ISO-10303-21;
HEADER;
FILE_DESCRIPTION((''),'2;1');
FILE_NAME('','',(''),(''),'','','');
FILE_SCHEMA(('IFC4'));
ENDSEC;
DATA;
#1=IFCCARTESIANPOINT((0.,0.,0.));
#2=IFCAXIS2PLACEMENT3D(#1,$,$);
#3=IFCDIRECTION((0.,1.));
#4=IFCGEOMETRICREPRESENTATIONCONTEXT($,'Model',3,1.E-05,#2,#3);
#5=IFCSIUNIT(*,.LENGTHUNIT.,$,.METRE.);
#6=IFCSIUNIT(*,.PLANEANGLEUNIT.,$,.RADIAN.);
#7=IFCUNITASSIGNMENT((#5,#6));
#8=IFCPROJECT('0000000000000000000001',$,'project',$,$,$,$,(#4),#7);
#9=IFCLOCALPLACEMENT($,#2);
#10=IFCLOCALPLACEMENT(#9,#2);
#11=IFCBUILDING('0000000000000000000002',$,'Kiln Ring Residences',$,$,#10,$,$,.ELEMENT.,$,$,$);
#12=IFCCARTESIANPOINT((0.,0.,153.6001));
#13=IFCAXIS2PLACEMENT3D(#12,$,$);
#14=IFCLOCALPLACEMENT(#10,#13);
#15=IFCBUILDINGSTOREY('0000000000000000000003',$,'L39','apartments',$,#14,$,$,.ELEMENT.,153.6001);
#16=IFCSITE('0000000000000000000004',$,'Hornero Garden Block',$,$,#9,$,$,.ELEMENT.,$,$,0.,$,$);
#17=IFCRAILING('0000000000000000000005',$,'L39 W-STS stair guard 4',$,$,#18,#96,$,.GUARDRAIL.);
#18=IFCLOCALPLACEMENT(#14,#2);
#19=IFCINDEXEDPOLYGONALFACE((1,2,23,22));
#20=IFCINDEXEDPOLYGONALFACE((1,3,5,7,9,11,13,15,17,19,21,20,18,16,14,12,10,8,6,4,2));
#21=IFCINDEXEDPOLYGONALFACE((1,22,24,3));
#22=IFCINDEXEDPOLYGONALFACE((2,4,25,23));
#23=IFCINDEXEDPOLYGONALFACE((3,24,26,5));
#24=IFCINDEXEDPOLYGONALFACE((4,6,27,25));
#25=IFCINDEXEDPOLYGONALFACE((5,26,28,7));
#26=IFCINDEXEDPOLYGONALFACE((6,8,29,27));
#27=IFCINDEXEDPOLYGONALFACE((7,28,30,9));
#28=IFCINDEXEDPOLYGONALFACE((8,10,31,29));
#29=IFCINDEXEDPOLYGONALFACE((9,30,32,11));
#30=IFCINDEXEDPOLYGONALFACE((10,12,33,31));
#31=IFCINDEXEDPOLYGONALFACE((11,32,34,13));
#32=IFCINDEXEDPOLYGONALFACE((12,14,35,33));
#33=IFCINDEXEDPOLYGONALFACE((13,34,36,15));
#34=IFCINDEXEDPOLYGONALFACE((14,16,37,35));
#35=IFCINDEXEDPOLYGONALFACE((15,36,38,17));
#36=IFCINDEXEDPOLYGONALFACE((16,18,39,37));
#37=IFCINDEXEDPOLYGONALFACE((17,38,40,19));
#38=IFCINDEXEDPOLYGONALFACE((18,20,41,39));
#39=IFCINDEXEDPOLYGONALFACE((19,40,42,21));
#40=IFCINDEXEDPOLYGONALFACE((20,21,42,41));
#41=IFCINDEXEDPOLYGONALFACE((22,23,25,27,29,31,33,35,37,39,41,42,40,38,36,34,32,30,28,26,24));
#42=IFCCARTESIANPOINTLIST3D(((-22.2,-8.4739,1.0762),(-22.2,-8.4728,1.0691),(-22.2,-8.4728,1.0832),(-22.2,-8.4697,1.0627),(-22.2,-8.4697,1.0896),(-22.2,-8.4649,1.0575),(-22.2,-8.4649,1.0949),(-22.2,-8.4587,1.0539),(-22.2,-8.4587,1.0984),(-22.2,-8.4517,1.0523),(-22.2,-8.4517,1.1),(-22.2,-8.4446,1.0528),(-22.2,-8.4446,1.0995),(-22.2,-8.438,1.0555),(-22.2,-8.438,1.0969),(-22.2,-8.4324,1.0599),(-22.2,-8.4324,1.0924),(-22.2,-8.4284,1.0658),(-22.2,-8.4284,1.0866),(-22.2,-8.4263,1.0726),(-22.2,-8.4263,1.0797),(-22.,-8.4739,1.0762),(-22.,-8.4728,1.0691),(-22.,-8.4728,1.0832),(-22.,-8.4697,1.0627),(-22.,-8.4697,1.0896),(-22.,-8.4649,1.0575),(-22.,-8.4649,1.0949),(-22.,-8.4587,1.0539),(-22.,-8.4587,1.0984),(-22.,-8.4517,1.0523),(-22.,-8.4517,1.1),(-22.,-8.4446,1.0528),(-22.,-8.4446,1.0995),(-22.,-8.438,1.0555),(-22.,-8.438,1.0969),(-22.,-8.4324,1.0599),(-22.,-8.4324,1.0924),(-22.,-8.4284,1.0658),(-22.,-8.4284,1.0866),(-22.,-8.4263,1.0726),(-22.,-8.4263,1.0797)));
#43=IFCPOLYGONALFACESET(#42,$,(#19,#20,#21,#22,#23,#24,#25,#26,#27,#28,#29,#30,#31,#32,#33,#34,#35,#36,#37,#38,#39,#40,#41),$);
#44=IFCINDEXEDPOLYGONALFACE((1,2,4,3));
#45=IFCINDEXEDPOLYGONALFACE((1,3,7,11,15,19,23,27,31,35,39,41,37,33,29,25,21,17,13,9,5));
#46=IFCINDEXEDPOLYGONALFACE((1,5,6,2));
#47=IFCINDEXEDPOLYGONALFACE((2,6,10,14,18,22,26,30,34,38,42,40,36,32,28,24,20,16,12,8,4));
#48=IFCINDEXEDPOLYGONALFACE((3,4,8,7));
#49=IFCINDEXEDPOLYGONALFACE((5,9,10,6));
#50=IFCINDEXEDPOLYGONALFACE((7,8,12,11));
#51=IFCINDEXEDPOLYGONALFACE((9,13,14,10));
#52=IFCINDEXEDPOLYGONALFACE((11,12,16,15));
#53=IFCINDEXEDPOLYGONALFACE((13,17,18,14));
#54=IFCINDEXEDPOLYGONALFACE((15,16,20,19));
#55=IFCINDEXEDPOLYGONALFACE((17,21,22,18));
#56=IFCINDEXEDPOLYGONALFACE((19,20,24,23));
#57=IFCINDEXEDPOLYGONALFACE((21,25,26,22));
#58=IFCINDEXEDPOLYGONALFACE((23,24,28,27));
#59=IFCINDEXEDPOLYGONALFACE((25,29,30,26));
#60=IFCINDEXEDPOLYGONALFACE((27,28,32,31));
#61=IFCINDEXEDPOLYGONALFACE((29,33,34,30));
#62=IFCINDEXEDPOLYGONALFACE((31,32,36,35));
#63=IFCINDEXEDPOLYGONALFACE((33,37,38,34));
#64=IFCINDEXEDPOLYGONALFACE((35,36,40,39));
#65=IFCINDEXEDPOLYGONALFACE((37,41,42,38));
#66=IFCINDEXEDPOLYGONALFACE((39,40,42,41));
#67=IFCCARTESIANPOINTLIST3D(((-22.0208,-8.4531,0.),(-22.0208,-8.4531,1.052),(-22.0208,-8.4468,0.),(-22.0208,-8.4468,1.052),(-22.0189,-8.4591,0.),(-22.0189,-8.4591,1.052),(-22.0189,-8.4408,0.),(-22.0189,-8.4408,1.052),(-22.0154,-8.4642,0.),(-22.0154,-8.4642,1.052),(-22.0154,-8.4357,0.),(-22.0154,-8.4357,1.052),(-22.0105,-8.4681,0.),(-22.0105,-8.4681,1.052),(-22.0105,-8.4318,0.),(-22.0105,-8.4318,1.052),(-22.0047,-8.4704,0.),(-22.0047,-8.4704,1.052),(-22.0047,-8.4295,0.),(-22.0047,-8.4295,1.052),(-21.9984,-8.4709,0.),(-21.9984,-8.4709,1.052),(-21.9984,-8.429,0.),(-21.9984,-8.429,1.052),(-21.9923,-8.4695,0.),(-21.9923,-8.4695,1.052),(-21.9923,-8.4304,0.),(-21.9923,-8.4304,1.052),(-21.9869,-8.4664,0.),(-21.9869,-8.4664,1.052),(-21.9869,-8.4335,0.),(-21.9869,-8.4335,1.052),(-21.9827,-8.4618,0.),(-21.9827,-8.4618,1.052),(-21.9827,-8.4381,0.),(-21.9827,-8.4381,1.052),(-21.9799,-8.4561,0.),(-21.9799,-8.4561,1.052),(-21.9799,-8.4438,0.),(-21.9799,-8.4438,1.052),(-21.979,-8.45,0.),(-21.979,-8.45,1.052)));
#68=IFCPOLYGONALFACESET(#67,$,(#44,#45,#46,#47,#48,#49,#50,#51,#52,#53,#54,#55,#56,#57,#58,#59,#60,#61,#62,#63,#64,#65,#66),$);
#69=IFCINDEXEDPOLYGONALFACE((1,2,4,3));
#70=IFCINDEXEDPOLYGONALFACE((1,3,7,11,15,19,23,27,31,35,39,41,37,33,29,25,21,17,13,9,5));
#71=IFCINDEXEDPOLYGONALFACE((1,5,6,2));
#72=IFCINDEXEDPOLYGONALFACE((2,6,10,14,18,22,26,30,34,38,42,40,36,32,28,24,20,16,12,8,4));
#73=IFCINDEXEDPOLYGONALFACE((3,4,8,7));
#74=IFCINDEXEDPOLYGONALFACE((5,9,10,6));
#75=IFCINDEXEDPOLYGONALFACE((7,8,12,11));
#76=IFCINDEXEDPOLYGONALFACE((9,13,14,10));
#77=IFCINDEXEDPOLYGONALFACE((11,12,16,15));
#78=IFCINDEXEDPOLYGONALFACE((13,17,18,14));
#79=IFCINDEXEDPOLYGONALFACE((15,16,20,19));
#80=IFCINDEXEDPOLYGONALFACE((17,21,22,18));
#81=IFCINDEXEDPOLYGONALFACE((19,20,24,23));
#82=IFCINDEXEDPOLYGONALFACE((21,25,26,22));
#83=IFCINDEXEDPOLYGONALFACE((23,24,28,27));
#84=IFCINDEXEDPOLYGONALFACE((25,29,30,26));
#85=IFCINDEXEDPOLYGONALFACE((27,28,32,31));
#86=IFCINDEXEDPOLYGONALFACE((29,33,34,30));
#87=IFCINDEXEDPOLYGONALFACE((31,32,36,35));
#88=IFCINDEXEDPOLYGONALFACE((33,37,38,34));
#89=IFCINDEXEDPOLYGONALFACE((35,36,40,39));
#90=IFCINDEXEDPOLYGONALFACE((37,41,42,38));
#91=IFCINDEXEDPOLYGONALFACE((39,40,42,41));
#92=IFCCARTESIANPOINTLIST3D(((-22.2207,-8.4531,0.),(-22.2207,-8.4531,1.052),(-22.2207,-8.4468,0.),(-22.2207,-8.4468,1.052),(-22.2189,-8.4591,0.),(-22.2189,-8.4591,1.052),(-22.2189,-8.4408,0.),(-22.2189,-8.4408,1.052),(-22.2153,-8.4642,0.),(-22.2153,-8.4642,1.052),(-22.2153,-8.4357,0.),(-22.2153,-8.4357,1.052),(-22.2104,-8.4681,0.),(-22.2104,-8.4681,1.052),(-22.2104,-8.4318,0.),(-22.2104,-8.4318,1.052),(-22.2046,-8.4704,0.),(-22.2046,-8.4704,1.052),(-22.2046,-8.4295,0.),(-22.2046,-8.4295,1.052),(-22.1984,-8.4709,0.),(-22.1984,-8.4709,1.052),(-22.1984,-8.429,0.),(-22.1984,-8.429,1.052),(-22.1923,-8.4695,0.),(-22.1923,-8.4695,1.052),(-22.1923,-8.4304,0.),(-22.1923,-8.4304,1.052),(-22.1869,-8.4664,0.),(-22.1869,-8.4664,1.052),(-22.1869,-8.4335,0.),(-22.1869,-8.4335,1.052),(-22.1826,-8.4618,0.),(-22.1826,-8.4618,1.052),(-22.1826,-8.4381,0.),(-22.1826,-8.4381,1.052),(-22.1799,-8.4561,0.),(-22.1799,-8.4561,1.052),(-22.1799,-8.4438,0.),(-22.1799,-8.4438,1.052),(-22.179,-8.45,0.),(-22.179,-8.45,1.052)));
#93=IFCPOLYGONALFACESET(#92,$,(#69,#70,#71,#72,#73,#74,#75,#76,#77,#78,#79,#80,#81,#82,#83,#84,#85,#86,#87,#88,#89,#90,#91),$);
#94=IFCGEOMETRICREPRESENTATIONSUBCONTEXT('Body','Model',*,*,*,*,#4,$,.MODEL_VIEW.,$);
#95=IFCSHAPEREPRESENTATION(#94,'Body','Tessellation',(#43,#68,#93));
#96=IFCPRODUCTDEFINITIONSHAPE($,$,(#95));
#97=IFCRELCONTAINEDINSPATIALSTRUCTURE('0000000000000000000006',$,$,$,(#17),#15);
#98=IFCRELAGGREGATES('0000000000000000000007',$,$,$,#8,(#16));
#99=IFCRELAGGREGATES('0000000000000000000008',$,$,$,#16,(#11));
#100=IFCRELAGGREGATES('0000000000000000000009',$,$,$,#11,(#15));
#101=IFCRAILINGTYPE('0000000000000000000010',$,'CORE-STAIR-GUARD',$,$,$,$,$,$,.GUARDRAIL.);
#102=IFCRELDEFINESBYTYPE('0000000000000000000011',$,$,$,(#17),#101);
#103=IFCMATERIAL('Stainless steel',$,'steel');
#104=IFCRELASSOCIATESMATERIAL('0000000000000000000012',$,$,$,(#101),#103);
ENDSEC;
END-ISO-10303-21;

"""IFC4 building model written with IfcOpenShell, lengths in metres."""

from ifc_helpers import new_model, si_unit, direction, frame, origin, origin_2d, place, context, subcontext, project, spatial, circle, extrude, material, type_object, element, save


model = new_model("IFC4")

# Units and contexts
model_context = context("Model", 3, precision=1e-05, world=origin(), true_north=direction((0.0, 1.0)))
body_context = subcontext(model_context, "Body", "Model", "MODEL_VIEW")
ifc_project = project(units=[si_unit("LENGTHUNIT", "METRE"), si_unit("PLANEANGLEUNIT", "RADIAN")], contexts=[model_context])

# Site, building, storey
site_placement = place(None, origin())
site = spatial("IfcSite", under=ifc_project, at=site_placement, Name="Hornero Garden Block", CompositionType="ELEMENT", RefElevation=0.0)
building_placement = place(site_placement, origin())
building = spatial("IfcBuilding", under=site, at=building_placement, Name="Kiln Ring Residences", CompositionType="ELEMENT")
storey_placement = place(building_placement, frame((0.0, 0.0, 153.6001)))
storey = spatial("IfcBuildingStorey", under=building, at=storey_placement, Name="L39", Description="apartments", CompositionType="ELEMENT", Elevation=153.6001)

# Railing
ifc_material_1 = material(Name="Stainless steel", Category="steel")
railing_type_1 = type_object("IfcRailingType", Name="CORE-STAIR-GUARD", PredefinedType="GUARDRAIL", material=ifc_material_1)
railing_1_placement = place(storey_placement, frame((-22.0, -8.45, 0.0)))
element("IfcRailing", 1, at=railing_1_placement, inside=storey, type_object=railing_type_1, Name="L39 W-STS stair guard 4", PredefinedType="GUARDRAIL", context=body_context, shape_type="SweptSolid", body=[
    extrude(circle(Radius=0.0239, at=origin_2d()), frame((0.0, 0.0, 1.0762), z_axis=(-1.0, 0.0, 0.0), x_axis=(0.0, -1.0, 0.0)), (0.0, 0.0, 1.0), 0.2),
    extrude(circle(Radius=0.021, at=origin_2d()), origin(), (0.0, 0.0, 1.0), 1.052),
    extrude(circle(Radius=0.021, at=origin_2d()), frame((-0.2, 0.0, 0.0)), (0.0, 0.0, 1.0), 1.052),
])

save(model, "model.ifc")
